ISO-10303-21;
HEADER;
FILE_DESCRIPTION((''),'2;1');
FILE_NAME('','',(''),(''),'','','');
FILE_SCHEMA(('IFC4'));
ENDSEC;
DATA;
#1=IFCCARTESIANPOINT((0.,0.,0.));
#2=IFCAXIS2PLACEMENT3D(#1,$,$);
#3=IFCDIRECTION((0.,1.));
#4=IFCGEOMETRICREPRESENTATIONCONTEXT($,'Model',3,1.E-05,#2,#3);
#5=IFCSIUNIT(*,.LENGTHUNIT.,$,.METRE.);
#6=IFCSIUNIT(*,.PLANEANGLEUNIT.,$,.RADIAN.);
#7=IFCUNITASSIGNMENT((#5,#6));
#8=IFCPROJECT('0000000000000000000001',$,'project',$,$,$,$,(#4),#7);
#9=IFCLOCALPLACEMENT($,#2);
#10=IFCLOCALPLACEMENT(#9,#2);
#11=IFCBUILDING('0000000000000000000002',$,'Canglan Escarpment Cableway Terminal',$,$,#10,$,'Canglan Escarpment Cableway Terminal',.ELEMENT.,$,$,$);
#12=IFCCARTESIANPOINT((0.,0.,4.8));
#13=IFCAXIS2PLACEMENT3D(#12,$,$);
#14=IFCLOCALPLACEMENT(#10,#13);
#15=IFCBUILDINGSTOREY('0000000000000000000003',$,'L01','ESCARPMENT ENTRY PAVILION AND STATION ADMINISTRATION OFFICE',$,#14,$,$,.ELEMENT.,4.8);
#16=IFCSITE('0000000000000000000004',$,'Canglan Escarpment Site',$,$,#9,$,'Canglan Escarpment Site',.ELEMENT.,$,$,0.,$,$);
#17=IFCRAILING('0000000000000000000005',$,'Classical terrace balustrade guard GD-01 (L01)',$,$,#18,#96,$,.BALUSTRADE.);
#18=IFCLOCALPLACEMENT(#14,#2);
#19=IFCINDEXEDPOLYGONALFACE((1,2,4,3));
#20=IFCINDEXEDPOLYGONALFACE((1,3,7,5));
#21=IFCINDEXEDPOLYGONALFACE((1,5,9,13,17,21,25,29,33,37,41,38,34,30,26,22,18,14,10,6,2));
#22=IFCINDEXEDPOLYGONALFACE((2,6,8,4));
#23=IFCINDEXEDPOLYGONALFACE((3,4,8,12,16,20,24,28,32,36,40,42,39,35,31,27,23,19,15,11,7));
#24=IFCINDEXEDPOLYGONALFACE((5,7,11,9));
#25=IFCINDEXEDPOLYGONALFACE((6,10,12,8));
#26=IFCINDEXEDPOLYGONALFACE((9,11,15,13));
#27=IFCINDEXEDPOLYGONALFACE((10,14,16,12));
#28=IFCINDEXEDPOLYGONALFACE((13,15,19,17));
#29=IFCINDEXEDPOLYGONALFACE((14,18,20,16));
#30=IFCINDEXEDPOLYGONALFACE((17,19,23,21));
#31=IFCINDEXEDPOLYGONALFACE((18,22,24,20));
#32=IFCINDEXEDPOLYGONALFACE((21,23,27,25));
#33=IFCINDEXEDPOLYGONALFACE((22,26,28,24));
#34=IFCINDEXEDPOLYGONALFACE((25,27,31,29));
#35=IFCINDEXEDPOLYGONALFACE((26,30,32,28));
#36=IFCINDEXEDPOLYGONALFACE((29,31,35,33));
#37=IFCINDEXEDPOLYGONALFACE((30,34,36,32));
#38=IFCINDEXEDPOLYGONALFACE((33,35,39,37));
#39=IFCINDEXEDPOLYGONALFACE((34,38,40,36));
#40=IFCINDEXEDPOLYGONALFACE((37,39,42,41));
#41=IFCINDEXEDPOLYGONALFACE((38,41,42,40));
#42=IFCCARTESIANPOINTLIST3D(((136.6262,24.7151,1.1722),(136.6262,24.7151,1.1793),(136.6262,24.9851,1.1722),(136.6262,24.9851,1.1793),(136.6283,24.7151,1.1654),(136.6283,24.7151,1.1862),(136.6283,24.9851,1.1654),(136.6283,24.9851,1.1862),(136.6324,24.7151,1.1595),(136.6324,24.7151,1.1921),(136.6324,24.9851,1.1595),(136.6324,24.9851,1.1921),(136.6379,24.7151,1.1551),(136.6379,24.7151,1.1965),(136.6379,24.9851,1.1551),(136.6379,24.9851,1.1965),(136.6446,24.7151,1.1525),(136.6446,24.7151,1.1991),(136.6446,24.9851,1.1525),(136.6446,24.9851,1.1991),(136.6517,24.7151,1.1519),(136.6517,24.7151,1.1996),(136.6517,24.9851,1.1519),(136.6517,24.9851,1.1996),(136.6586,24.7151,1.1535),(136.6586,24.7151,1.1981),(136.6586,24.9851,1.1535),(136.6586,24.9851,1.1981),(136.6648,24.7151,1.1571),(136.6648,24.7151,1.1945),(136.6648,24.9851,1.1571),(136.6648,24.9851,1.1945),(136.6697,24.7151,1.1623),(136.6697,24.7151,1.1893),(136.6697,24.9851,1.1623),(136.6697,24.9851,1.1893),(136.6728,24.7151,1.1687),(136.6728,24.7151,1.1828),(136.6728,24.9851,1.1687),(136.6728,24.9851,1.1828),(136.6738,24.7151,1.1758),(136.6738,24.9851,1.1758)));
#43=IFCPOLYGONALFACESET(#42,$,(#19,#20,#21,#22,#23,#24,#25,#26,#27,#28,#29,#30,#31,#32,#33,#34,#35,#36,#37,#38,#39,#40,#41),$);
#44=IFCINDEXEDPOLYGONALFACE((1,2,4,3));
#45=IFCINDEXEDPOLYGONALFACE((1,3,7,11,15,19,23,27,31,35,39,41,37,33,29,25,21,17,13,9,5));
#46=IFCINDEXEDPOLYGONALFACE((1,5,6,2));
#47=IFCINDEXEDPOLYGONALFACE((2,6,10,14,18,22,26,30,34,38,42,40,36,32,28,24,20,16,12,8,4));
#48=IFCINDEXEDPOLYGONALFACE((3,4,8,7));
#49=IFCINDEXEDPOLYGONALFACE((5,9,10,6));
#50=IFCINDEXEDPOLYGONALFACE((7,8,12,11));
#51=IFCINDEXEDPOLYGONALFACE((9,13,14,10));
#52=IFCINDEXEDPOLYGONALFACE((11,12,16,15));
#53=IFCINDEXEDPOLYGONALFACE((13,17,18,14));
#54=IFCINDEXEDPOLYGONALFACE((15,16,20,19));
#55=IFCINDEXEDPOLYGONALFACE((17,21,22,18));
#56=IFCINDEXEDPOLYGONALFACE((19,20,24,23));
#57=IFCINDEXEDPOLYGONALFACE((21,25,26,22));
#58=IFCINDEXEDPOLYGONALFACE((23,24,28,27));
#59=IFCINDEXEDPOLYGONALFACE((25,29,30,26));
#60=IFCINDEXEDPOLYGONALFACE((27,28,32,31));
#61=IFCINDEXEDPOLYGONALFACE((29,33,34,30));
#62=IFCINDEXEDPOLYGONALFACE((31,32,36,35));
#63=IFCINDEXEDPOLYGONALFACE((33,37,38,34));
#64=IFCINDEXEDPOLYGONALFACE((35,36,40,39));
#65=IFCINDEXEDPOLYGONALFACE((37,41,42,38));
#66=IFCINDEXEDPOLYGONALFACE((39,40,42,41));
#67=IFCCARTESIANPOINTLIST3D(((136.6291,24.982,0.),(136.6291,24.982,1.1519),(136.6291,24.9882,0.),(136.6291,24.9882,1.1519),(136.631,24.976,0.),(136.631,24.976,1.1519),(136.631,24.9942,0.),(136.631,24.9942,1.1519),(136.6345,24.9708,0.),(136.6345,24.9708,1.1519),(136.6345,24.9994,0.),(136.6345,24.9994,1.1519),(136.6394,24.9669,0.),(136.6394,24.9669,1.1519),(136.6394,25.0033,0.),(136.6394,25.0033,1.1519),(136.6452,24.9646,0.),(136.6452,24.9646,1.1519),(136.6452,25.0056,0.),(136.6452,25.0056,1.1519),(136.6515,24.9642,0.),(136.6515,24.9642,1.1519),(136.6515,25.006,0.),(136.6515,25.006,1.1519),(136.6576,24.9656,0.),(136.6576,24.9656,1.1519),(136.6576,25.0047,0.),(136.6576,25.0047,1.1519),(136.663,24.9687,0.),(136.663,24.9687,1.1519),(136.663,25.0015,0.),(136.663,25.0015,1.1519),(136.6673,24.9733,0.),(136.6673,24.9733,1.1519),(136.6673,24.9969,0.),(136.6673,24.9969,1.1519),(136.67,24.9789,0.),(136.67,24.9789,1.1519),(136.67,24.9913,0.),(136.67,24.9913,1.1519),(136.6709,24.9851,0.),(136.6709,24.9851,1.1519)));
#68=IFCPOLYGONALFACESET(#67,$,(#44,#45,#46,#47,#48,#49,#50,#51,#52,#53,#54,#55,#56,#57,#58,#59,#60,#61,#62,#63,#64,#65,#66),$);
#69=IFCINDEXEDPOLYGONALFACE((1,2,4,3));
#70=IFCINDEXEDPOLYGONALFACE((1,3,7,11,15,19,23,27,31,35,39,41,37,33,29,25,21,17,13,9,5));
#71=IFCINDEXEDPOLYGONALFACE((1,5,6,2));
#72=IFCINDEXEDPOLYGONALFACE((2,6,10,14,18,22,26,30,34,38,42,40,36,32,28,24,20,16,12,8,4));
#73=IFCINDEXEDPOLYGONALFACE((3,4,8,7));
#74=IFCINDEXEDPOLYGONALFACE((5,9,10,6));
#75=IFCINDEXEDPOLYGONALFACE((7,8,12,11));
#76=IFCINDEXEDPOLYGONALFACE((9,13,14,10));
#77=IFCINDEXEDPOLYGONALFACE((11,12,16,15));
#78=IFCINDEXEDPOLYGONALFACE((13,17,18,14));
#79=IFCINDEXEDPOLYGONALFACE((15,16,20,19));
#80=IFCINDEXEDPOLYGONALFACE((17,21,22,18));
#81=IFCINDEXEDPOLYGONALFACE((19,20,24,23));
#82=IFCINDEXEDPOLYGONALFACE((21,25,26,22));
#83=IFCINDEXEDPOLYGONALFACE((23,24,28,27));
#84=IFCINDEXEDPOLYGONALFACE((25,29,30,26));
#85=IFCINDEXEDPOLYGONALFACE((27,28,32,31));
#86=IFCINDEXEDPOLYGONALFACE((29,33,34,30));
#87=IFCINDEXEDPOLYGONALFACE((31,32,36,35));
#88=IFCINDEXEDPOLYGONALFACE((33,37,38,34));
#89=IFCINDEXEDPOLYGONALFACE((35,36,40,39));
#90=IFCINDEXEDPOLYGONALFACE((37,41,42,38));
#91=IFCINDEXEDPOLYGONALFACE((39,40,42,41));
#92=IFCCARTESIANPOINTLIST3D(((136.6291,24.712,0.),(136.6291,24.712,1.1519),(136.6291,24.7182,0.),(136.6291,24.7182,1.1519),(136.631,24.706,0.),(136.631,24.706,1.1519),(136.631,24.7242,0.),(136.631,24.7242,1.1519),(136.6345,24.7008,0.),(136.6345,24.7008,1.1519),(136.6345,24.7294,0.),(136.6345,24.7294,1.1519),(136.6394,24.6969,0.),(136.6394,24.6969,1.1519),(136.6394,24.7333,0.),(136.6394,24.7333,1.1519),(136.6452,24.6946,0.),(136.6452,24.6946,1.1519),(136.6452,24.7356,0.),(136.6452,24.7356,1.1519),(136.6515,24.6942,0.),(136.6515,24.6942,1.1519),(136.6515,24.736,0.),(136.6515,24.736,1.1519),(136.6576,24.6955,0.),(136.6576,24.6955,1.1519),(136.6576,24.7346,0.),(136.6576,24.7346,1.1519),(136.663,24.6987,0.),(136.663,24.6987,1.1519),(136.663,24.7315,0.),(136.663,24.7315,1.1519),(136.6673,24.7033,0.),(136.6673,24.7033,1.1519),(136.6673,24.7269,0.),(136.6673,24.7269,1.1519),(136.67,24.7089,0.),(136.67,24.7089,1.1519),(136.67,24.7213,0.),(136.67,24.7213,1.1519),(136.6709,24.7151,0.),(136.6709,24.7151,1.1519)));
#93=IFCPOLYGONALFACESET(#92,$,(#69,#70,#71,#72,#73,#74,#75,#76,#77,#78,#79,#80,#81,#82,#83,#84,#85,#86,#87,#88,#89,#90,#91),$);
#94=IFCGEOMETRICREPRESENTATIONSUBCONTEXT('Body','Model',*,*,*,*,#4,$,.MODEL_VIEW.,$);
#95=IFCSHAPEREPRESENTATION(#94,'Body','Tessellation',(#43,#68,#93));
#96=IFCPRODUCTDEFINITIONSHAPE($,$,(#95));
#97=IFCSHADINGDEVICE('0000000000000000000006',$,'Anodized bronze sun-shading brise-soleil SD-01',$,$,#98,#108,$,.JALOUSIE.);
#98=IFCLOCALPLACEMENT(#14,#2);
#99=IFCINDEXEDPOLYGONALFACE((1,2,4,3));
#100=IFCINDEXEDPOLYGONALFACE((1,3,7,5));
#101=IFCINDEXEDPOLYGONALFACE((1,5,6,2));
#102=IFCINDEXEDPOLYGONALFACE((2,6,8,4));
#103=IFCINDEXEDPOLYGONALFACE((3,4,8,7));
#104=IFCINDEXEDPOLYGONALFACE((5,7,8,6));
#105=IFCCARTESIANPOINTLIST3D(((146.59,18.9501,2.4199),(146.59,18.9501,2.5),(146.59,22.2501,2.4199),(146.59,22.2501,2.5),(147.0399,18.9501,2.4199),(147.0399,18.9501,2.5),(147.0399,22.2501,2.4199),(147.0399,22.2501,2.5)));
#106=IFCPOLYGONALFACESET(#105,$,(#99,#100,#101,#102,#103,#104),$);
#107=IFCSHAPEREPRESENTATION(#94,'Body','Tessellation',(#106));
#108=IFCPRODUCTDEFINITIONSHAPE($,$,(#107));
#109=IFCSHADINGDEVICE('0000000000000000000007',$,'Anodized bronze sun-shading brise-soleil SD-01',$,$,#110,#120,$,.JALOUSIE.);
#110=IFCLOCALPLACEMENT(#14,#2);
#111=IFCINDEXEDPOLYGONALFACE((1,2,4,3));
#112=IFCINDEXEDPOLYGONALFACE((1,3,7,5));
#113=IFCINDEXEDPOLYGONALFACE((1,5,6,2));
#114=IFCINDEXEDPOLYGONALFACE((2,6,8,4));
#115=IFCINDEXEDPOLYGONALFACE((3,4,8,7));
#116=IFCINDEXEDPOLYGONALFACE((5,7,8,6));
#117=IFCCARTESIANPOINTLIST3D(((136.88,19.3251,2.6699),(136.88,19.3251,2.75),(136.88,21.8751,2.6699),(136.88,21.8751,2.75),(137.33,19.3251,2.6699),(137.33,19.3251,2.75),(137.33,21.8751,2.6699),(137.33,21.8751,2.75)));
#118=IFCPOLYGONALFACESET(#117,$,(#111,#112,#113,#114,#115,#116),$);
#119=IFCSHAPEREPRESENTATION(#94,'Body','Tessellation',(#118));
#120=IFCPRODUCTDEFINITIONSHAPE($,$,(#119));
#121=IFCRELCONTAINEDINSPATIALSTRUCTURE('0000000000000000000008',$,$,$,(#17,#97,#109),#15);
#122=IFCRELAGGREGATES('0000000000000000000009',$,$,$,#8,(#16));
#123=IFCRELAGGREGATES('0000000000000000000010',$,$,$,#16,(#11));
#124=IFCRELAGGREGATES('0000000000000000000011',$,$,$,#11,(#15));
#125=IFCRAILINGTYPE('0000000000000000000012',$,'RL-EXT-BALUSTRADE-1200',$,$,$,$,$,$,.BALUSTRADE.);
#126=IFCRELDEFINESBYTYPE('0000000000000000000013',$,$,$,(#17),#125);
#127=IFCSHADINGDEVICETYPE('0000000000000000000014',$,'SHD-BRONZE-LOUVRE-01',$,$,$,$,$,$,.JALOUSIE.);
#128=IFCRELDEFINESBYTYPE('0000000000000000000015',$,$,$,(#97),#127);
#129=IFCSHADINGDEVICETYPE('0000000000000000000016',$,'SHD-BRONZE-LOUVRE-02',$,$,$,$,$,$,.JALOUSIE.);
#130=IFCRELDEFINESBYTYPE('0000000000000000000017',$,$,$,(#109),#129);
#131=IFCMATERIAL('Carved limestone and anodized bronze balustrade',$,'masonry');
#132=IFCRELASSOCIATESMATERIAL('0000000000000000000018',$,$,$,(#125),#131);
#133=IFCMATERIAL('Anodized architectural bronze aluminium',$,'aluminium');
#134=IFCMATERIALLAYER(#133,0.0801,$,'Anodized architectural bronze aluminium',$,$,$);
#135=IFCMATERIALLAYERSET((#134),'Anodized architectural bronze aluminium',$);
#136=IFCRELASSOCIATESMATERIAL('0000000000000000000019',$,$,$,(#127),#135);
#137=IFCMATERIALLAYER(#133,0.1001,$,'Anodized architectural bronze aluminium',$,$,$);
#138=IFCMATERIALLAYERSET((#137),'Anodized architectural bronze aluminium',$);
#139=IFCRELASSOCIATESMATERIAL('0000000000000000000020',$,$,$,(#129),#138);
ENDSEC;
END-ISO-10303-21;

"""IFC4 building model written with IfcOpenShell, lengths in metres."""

from ifc_helpers import new_model, si_unit, direction, frame, origin, origin_2d, place, context, subcontext, project, spatial, rectangle, circle, extrude, material, layer, layer_set, type_object, element, save


model = new_model("IFC4")

# Units and contexts
model_context = context("Model", 3, precision=1e-05, world=origin(), true_north=direction((0.0, 1.0)))
body_context = subcontext(model_context, "Body", "Model", "MODEL_VIEW")
ifc_project = project(units=[si_unit("LENGTHUNIT", "METRE"), si_unit("PLANEANGLEUNIT", "RADIAN")], contexts=[model_context])

# Site, building, storey
site_placement = place(None, origin())
site = spatial("IfcSite", under=ifc_project, at=site_placement, Name="Canglan Escarpment Site", LongName="Canglan Escarpment Site", CompositionType="ELEMENT", RefElevation=0.0)
building_placement = place(site_placement, origin())
building = spatial("IfcBuilding", under=site, at=building_placement, Name="Canglan Escarpment Cableway Terminal", LongName="Canglan Escarpment Cableway Terminal", CompositionType="ELEMENT")
storey_placement = place(building_placement, frame((0.0, 0.0, 4.8)))
storey = spatial("IfcBuildingStorey", under=building, at=storey_placement, Name="L01", Description="ESCARPMENT ENTRY PAVILION AND STATION ADMINISTRATION OFFICE", CompositionType="ELEMENT", Elevation=4.8)

# Railing
ifc_material_1 = material(Name="Carved limestone and anodized bronze balustrade", Category="masonry")
railing_type = type_object("IfcRailingType", Name="RL-EXT-BALUSTRADE-1200", PredefinedType="BALUSTRADE", material=ifc_material_1)
railing_placement = place(storey_placement, frame((136.6499, 24.9851, 0.0)))
element("IfcRailing", 1, at=railing_placement, inside=storey, type_object=railing_type, Name="Classical terrace balustrade guard GD-01 (L01)", PredefinedType="BALUSTRADE", context=body_context, shape_type="SweptSolid", body=[
    extrude(circle(Radius=0.0239, at=origin_2d()), frame((0.0, 0.0, 1.1758), z_axis=(0.0, -1.0, 0.0), x_axis=(1.0, 0.0, 0.0)), (0.0, 0.0, 1.0), 0.27),
    extrude(circle(Radius=0.021, at=origin_2d()), origin(), (0.0, 0.0, 1.0), 1.1519),
    extrude(circle(Radius=0.021, at=origin_2d()), frame((0.0, -0.27, 0.0)), (0.0, 0.0, 1.0), 1.1519),
])

# Shading devices
ifc_material_2 = material(Name="Anodized architectural bronze aluminium", Category="aluminium")
ifc_layer_1 = layer(ifc_material_2, 0.0801, Name="Anodized architectural bronze aluminium")
ifc_layer_set_1 = layer_set([ifc_layer_1], Name="Anodized architectural bronze aluminium")
shading_device_type_1 = type_object("IfcShadingDeviceType", Name="SHD-BRONZE-LOUVRE-01", PredefinedType="JALOUSIE", material=ifc_layer_set_1)
shading_device_1_placement = place(storey_placement, frame((146.8149, 20.6001, 2.4199), z_axis=(0.0, 0.0, 1.0), x_axis=(0.0, -1.0, 0.0)))
element("IfcShadingDevice", 2, at=shading_device_1_placement, inside=storey, type_object=shading_device_type_1, Name="Anodized bronze sun-shading brise-soleil SD-01", PredefinedType="JALOUSIE", context=body_context, shape_type="SweptSolid", body=[
    extrude(rectangle(XDim=3.3, YDim=0.45, at=origin_2d()), origin(), (0.0, 0.0, 1.0), 0.0801),
])
ifc_layer_2 = layer(ifc_material_2, 0.1001, Name="Anodized architectural bronze aluminium")
ifc_layer_set_2 = layer_set([ifc_layer_2], Name="Anodized architectural bronze aluminium")
shading_device_type_2 = type_object("IfcShadingDeviceType", Name="SHD-BRONZE-LOUVRE-02", PredefinedType="JALOUSIE", material=ifc_layer_set_2)
shading_device_2_placement = place(storey_placement, frame((137.105, 20.6001, 2.6699), z_axis=(0.0, 0.0, 1.0), x_axis=(0.0, 1.0, 0.0)))
element("IfcShadingDevice", 3, at=shading_device_2_placement, inside=storey, type_object=shading_device_type_2, Name="Anodized bronze sun-shading brise-soleil SD-01", PredefinedType="JALOUSIE", context=body_context, shape_type="SweptSolid", body=[
    extrude(rectangle(XDim=2.55, YDim=0.45, at=origin_2d()), origin(), (0.0, 0.0, 1.0), 0.0801),
])

save(model, "model.ifc")
